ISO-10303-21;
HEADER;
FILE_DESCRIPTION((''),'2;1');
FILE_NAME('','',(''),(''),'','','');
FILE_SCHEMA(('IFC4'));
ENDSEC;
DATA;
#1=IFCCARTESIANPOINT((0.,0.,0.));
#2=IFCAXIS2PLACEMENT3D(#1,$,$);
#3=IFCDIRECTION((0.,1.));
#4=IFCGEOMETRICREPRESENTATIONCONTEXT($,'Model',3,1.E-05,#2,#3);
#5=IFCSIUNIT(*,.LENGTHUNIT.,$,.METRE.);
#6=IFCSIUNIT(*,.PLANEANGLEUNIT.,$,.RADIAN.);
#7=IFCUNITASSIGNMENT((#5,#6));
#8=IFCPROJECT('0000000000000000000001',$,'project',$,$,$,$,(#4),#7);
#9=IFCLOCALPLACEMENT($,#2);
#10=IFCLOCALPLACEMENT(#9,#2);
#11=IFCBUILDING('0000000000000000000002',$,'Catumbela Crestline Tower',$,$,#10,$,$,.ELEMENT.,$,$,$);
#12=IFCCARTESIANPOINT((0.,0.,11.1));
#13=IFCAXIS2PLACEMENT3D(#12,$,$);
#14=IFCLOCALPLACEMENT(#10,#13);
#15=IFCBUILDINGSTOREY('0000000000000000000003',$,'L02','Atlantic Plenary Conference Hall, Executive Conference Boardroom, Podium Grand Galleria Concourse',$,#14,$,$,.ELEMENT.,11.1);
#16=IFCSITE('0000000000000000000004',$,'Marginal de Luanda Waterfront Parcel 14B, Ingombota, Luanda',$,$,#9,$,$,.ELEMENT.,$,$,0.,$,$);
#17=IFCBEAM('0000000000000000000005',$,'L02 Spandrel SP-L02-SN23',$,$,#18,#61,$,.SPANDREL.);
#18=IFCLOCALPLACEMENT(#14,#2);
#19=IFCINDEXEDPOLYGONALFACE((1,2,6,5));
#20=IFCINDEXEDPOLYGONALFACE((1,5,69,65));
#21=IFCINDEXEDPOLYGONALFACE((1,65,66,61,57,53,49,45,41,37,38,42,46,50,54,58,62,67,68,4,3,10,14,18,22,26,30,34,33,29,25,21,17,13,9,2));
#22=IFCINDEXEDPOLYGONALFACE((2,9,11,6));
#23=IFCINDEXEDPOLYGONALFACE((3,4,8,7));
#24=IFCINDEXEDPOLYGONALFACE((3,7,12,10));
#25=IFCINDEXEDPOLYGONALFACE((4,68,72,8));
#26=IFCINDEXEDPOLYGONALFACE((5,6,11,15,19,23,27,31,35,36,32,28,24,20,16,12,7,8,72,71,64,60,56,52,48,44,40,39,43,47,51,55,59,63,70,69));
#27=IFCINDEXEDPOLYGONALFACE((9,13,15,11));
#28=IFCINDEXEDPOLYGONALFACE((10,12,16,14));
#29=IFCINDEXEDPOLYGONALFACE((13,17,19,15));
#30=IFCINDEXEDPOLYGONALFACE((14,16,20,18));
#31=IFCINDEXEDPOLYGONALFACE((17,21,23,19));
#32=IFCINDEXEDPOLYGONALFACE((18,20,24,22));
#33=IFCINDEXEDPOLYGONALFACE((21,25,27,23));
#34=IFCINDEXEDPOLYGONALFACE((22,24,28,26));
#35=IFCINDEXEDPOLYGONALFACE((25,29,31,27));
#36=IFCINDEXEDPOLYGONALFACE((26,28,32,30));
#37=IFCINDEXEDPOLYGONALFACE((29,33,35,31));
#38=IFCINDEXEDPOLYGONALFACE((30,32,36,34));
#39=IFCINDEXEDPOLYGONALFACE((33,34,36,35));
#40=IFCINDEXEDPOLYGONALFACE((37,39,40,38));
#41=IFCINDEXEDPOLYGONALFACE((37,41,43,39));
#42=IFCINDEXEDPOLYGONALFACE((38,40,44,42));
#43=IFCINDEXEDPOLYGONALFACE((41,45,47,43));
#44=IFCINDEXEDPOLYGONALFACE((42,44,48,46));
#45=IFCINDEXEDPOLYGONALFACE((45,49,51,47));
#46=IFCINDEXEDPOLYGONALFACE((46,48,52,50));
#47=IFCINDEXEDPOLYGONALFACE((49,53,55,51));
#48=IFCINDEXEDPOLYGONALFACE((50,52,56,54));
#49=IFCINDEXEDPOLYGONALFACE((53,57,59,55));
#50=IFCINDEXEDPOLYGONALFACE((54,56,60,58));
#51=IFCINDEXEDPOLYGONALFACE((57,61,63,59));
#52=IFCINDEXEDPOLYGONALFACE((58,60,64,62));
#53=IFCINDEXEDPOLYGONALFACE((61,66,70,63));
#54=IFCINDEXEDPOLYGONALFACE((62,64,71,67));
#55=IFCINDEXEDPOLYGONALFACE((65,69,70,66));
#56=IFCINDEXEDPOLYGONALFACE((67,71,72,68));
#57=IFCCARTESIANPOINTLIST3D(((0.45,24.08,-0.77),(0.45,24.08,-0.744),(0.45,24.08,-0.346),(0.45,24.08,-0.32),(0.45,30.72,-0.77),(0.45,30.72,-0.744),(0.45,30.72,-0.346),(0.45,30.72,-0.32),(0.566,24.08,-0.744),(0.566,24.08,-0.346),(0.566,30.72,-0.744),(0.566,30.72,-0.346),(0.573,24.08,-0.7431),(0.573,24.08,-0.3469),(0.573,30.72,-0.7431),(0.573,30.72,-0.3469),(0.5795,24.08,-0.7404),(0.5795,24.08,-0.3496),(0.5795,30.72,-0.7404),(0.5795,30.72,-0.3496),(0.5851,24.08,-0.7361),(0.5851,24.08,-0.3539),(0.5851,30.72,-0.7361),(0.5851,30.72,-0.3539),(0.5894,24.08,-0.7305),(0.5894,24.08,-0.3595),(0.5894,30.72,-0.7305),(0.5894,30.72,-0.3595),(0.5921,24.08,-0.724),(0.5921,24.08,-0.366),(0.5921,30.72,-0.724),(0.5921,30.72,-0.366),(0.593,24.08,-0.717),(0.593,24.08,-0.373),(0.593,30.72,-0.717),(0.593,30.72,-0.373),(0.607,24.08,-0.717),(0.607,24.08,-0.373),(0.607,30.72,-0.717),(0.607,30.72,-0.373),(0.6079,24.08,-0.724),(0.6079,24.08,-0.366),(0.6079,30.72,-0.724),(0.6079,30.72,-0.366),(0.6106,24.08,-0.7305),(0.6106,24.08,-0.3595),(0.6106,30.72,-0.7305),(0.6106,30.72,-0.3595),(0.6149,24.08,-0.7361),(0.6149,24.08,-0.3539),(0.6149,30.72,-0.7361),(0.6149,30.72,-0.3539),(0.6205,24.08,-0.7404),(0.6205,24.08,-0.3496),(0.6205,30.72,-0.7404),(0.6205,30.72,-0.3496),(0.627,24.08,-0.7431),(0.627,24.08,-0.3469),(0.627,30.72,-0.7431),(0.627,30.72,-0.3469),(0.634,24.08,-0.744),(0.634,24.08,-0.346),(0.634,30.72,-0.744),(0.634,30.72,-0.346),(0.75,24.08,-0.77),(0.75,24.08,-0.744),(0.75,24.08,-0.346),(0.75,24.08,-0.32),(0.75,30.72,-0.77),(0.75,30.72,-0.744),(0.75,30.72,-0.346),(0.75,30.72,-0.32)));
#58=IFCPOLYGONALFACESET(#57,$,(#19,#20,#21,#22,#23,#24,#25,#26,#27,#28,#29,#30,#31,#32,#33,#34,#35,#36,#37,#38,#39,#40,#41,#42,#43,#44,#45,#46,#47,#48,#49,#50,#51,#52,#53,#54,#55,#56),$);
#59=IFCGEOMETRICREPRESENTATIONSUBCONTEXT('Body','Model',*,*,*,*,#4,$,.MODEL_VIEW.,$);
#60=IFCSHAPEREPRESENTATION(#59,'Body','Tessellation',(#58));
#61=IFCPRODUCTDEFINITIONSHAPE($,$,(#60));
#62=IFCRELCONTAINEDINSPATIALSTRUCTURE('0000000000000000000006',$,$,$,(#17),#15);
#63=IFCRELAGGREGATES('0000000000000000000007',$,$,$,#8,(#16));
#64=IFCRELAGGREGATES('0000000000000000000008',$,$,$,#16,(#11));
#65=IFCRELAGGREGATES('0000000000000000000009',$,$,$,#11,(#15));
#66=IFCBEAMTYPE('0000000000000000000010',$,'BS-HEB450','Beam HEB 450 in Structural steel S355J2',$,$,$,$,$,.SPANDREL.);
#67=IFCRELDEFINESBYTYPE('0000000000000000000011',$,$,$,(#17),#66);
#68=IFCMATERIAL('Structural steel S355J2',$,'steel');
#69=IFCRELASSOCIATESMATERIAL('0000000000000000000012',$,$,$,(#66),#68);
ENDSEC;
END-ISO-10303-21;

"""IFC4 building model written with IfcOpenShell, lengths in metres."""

from ifc_helpers import new_model, si_unit, direction, frame, origin, origin_2d, place, context, subcontext, project, spatial, i_section, extrude, material, material_profile, profile_set, type_object, element, save


model = new_model("IFC4")

# Units and contexts
model_context = context("Model", 3, precision=1e-05, world=origin(), true_north=direction((0.0, 1.0)))
body_context = subcontext(model_context, "Body", "Model", "MODEL_VIEW")
ifc_project = project(units=[si_unit("LENGTHUNIT", "METRE"), si_unit("PLANEANGLEUNIT", "RADIAN")], contexts=[model_context])

# Site, building, storey
site_placement = place(None, origin())
site = spatial("IfcSite", under=ifc_project, at=site_placement, Name="Marginal de Luanda Waterfront Parcel 14B, Ingombota, Luanda", CompositionType="ELEMENT", RefElevation=0.0)
building_placement = place(site_placement, origin())
building = spatial("IfcBuilding", under=site, at=building_placement, Name="Catumbela Crestline Tower", CompositionType="ELEMENT")
storey_placement = place(building_placement, frame((0.0, 0.0, 11.1)))
storey = spatial("IfcBuildingStorey", under=building, at=storey_placement, Name="L02", Description="Atlantic Plenary Conference Hall, Executive Conference Boardroom, Podium Grand Galleria Concourse", CompositionType="ELEMENT", Elevation=11.1)

# Shared definitions
ifc_material_1 = material(Name="Structural steel S355J2", Category="steel")

# Beam
ifc_material_profile_1 = material_profile(ifc_material_1, i_section(OverallWidth=0.3, OverallDepth=0.45, WebThickness=0.014, FlangeThickness=0.026, FilletRadius=0.027, at=origin_2d()), Name="HEB 450")
ifc_profile_set_1 = profile_set([ifc_material_profile_1], Name="Structural steel S355J2")
beam_type_1 = type_object("IfcBeamType", Name="BS-HEB450", Description="Beam HEB 450 in Structural steel S355J2", PredefinedType="SPANDREL", material=ifc_profile_set_1)
beam_1_placement = place(storey_placement, frame((0.6, 24.08, -0.545), z_axis=(0.0, 1.0, 0.0), x_axis=(-1.0, 0.0, 0.0)))
element("IfcBeam", 1, at=beam_1_placement, inside=storey, type_object=beam_type_1, Name="L02 Spandrel SP-L02-SN23", PredefinedType="SPANDREL", context=body_context, shape_type="SweptSolid", body=[
    extrude(i_section(OverallWidth=0.3, OverallDepth=0.45, WebThickness=0.014, FlangeThickness=0.026, FilletRadius=0.027, at=origin_2d()), origin(), (0.0, 0.0, 1.0), 6.64),
])

save(model, "model.ifc")
